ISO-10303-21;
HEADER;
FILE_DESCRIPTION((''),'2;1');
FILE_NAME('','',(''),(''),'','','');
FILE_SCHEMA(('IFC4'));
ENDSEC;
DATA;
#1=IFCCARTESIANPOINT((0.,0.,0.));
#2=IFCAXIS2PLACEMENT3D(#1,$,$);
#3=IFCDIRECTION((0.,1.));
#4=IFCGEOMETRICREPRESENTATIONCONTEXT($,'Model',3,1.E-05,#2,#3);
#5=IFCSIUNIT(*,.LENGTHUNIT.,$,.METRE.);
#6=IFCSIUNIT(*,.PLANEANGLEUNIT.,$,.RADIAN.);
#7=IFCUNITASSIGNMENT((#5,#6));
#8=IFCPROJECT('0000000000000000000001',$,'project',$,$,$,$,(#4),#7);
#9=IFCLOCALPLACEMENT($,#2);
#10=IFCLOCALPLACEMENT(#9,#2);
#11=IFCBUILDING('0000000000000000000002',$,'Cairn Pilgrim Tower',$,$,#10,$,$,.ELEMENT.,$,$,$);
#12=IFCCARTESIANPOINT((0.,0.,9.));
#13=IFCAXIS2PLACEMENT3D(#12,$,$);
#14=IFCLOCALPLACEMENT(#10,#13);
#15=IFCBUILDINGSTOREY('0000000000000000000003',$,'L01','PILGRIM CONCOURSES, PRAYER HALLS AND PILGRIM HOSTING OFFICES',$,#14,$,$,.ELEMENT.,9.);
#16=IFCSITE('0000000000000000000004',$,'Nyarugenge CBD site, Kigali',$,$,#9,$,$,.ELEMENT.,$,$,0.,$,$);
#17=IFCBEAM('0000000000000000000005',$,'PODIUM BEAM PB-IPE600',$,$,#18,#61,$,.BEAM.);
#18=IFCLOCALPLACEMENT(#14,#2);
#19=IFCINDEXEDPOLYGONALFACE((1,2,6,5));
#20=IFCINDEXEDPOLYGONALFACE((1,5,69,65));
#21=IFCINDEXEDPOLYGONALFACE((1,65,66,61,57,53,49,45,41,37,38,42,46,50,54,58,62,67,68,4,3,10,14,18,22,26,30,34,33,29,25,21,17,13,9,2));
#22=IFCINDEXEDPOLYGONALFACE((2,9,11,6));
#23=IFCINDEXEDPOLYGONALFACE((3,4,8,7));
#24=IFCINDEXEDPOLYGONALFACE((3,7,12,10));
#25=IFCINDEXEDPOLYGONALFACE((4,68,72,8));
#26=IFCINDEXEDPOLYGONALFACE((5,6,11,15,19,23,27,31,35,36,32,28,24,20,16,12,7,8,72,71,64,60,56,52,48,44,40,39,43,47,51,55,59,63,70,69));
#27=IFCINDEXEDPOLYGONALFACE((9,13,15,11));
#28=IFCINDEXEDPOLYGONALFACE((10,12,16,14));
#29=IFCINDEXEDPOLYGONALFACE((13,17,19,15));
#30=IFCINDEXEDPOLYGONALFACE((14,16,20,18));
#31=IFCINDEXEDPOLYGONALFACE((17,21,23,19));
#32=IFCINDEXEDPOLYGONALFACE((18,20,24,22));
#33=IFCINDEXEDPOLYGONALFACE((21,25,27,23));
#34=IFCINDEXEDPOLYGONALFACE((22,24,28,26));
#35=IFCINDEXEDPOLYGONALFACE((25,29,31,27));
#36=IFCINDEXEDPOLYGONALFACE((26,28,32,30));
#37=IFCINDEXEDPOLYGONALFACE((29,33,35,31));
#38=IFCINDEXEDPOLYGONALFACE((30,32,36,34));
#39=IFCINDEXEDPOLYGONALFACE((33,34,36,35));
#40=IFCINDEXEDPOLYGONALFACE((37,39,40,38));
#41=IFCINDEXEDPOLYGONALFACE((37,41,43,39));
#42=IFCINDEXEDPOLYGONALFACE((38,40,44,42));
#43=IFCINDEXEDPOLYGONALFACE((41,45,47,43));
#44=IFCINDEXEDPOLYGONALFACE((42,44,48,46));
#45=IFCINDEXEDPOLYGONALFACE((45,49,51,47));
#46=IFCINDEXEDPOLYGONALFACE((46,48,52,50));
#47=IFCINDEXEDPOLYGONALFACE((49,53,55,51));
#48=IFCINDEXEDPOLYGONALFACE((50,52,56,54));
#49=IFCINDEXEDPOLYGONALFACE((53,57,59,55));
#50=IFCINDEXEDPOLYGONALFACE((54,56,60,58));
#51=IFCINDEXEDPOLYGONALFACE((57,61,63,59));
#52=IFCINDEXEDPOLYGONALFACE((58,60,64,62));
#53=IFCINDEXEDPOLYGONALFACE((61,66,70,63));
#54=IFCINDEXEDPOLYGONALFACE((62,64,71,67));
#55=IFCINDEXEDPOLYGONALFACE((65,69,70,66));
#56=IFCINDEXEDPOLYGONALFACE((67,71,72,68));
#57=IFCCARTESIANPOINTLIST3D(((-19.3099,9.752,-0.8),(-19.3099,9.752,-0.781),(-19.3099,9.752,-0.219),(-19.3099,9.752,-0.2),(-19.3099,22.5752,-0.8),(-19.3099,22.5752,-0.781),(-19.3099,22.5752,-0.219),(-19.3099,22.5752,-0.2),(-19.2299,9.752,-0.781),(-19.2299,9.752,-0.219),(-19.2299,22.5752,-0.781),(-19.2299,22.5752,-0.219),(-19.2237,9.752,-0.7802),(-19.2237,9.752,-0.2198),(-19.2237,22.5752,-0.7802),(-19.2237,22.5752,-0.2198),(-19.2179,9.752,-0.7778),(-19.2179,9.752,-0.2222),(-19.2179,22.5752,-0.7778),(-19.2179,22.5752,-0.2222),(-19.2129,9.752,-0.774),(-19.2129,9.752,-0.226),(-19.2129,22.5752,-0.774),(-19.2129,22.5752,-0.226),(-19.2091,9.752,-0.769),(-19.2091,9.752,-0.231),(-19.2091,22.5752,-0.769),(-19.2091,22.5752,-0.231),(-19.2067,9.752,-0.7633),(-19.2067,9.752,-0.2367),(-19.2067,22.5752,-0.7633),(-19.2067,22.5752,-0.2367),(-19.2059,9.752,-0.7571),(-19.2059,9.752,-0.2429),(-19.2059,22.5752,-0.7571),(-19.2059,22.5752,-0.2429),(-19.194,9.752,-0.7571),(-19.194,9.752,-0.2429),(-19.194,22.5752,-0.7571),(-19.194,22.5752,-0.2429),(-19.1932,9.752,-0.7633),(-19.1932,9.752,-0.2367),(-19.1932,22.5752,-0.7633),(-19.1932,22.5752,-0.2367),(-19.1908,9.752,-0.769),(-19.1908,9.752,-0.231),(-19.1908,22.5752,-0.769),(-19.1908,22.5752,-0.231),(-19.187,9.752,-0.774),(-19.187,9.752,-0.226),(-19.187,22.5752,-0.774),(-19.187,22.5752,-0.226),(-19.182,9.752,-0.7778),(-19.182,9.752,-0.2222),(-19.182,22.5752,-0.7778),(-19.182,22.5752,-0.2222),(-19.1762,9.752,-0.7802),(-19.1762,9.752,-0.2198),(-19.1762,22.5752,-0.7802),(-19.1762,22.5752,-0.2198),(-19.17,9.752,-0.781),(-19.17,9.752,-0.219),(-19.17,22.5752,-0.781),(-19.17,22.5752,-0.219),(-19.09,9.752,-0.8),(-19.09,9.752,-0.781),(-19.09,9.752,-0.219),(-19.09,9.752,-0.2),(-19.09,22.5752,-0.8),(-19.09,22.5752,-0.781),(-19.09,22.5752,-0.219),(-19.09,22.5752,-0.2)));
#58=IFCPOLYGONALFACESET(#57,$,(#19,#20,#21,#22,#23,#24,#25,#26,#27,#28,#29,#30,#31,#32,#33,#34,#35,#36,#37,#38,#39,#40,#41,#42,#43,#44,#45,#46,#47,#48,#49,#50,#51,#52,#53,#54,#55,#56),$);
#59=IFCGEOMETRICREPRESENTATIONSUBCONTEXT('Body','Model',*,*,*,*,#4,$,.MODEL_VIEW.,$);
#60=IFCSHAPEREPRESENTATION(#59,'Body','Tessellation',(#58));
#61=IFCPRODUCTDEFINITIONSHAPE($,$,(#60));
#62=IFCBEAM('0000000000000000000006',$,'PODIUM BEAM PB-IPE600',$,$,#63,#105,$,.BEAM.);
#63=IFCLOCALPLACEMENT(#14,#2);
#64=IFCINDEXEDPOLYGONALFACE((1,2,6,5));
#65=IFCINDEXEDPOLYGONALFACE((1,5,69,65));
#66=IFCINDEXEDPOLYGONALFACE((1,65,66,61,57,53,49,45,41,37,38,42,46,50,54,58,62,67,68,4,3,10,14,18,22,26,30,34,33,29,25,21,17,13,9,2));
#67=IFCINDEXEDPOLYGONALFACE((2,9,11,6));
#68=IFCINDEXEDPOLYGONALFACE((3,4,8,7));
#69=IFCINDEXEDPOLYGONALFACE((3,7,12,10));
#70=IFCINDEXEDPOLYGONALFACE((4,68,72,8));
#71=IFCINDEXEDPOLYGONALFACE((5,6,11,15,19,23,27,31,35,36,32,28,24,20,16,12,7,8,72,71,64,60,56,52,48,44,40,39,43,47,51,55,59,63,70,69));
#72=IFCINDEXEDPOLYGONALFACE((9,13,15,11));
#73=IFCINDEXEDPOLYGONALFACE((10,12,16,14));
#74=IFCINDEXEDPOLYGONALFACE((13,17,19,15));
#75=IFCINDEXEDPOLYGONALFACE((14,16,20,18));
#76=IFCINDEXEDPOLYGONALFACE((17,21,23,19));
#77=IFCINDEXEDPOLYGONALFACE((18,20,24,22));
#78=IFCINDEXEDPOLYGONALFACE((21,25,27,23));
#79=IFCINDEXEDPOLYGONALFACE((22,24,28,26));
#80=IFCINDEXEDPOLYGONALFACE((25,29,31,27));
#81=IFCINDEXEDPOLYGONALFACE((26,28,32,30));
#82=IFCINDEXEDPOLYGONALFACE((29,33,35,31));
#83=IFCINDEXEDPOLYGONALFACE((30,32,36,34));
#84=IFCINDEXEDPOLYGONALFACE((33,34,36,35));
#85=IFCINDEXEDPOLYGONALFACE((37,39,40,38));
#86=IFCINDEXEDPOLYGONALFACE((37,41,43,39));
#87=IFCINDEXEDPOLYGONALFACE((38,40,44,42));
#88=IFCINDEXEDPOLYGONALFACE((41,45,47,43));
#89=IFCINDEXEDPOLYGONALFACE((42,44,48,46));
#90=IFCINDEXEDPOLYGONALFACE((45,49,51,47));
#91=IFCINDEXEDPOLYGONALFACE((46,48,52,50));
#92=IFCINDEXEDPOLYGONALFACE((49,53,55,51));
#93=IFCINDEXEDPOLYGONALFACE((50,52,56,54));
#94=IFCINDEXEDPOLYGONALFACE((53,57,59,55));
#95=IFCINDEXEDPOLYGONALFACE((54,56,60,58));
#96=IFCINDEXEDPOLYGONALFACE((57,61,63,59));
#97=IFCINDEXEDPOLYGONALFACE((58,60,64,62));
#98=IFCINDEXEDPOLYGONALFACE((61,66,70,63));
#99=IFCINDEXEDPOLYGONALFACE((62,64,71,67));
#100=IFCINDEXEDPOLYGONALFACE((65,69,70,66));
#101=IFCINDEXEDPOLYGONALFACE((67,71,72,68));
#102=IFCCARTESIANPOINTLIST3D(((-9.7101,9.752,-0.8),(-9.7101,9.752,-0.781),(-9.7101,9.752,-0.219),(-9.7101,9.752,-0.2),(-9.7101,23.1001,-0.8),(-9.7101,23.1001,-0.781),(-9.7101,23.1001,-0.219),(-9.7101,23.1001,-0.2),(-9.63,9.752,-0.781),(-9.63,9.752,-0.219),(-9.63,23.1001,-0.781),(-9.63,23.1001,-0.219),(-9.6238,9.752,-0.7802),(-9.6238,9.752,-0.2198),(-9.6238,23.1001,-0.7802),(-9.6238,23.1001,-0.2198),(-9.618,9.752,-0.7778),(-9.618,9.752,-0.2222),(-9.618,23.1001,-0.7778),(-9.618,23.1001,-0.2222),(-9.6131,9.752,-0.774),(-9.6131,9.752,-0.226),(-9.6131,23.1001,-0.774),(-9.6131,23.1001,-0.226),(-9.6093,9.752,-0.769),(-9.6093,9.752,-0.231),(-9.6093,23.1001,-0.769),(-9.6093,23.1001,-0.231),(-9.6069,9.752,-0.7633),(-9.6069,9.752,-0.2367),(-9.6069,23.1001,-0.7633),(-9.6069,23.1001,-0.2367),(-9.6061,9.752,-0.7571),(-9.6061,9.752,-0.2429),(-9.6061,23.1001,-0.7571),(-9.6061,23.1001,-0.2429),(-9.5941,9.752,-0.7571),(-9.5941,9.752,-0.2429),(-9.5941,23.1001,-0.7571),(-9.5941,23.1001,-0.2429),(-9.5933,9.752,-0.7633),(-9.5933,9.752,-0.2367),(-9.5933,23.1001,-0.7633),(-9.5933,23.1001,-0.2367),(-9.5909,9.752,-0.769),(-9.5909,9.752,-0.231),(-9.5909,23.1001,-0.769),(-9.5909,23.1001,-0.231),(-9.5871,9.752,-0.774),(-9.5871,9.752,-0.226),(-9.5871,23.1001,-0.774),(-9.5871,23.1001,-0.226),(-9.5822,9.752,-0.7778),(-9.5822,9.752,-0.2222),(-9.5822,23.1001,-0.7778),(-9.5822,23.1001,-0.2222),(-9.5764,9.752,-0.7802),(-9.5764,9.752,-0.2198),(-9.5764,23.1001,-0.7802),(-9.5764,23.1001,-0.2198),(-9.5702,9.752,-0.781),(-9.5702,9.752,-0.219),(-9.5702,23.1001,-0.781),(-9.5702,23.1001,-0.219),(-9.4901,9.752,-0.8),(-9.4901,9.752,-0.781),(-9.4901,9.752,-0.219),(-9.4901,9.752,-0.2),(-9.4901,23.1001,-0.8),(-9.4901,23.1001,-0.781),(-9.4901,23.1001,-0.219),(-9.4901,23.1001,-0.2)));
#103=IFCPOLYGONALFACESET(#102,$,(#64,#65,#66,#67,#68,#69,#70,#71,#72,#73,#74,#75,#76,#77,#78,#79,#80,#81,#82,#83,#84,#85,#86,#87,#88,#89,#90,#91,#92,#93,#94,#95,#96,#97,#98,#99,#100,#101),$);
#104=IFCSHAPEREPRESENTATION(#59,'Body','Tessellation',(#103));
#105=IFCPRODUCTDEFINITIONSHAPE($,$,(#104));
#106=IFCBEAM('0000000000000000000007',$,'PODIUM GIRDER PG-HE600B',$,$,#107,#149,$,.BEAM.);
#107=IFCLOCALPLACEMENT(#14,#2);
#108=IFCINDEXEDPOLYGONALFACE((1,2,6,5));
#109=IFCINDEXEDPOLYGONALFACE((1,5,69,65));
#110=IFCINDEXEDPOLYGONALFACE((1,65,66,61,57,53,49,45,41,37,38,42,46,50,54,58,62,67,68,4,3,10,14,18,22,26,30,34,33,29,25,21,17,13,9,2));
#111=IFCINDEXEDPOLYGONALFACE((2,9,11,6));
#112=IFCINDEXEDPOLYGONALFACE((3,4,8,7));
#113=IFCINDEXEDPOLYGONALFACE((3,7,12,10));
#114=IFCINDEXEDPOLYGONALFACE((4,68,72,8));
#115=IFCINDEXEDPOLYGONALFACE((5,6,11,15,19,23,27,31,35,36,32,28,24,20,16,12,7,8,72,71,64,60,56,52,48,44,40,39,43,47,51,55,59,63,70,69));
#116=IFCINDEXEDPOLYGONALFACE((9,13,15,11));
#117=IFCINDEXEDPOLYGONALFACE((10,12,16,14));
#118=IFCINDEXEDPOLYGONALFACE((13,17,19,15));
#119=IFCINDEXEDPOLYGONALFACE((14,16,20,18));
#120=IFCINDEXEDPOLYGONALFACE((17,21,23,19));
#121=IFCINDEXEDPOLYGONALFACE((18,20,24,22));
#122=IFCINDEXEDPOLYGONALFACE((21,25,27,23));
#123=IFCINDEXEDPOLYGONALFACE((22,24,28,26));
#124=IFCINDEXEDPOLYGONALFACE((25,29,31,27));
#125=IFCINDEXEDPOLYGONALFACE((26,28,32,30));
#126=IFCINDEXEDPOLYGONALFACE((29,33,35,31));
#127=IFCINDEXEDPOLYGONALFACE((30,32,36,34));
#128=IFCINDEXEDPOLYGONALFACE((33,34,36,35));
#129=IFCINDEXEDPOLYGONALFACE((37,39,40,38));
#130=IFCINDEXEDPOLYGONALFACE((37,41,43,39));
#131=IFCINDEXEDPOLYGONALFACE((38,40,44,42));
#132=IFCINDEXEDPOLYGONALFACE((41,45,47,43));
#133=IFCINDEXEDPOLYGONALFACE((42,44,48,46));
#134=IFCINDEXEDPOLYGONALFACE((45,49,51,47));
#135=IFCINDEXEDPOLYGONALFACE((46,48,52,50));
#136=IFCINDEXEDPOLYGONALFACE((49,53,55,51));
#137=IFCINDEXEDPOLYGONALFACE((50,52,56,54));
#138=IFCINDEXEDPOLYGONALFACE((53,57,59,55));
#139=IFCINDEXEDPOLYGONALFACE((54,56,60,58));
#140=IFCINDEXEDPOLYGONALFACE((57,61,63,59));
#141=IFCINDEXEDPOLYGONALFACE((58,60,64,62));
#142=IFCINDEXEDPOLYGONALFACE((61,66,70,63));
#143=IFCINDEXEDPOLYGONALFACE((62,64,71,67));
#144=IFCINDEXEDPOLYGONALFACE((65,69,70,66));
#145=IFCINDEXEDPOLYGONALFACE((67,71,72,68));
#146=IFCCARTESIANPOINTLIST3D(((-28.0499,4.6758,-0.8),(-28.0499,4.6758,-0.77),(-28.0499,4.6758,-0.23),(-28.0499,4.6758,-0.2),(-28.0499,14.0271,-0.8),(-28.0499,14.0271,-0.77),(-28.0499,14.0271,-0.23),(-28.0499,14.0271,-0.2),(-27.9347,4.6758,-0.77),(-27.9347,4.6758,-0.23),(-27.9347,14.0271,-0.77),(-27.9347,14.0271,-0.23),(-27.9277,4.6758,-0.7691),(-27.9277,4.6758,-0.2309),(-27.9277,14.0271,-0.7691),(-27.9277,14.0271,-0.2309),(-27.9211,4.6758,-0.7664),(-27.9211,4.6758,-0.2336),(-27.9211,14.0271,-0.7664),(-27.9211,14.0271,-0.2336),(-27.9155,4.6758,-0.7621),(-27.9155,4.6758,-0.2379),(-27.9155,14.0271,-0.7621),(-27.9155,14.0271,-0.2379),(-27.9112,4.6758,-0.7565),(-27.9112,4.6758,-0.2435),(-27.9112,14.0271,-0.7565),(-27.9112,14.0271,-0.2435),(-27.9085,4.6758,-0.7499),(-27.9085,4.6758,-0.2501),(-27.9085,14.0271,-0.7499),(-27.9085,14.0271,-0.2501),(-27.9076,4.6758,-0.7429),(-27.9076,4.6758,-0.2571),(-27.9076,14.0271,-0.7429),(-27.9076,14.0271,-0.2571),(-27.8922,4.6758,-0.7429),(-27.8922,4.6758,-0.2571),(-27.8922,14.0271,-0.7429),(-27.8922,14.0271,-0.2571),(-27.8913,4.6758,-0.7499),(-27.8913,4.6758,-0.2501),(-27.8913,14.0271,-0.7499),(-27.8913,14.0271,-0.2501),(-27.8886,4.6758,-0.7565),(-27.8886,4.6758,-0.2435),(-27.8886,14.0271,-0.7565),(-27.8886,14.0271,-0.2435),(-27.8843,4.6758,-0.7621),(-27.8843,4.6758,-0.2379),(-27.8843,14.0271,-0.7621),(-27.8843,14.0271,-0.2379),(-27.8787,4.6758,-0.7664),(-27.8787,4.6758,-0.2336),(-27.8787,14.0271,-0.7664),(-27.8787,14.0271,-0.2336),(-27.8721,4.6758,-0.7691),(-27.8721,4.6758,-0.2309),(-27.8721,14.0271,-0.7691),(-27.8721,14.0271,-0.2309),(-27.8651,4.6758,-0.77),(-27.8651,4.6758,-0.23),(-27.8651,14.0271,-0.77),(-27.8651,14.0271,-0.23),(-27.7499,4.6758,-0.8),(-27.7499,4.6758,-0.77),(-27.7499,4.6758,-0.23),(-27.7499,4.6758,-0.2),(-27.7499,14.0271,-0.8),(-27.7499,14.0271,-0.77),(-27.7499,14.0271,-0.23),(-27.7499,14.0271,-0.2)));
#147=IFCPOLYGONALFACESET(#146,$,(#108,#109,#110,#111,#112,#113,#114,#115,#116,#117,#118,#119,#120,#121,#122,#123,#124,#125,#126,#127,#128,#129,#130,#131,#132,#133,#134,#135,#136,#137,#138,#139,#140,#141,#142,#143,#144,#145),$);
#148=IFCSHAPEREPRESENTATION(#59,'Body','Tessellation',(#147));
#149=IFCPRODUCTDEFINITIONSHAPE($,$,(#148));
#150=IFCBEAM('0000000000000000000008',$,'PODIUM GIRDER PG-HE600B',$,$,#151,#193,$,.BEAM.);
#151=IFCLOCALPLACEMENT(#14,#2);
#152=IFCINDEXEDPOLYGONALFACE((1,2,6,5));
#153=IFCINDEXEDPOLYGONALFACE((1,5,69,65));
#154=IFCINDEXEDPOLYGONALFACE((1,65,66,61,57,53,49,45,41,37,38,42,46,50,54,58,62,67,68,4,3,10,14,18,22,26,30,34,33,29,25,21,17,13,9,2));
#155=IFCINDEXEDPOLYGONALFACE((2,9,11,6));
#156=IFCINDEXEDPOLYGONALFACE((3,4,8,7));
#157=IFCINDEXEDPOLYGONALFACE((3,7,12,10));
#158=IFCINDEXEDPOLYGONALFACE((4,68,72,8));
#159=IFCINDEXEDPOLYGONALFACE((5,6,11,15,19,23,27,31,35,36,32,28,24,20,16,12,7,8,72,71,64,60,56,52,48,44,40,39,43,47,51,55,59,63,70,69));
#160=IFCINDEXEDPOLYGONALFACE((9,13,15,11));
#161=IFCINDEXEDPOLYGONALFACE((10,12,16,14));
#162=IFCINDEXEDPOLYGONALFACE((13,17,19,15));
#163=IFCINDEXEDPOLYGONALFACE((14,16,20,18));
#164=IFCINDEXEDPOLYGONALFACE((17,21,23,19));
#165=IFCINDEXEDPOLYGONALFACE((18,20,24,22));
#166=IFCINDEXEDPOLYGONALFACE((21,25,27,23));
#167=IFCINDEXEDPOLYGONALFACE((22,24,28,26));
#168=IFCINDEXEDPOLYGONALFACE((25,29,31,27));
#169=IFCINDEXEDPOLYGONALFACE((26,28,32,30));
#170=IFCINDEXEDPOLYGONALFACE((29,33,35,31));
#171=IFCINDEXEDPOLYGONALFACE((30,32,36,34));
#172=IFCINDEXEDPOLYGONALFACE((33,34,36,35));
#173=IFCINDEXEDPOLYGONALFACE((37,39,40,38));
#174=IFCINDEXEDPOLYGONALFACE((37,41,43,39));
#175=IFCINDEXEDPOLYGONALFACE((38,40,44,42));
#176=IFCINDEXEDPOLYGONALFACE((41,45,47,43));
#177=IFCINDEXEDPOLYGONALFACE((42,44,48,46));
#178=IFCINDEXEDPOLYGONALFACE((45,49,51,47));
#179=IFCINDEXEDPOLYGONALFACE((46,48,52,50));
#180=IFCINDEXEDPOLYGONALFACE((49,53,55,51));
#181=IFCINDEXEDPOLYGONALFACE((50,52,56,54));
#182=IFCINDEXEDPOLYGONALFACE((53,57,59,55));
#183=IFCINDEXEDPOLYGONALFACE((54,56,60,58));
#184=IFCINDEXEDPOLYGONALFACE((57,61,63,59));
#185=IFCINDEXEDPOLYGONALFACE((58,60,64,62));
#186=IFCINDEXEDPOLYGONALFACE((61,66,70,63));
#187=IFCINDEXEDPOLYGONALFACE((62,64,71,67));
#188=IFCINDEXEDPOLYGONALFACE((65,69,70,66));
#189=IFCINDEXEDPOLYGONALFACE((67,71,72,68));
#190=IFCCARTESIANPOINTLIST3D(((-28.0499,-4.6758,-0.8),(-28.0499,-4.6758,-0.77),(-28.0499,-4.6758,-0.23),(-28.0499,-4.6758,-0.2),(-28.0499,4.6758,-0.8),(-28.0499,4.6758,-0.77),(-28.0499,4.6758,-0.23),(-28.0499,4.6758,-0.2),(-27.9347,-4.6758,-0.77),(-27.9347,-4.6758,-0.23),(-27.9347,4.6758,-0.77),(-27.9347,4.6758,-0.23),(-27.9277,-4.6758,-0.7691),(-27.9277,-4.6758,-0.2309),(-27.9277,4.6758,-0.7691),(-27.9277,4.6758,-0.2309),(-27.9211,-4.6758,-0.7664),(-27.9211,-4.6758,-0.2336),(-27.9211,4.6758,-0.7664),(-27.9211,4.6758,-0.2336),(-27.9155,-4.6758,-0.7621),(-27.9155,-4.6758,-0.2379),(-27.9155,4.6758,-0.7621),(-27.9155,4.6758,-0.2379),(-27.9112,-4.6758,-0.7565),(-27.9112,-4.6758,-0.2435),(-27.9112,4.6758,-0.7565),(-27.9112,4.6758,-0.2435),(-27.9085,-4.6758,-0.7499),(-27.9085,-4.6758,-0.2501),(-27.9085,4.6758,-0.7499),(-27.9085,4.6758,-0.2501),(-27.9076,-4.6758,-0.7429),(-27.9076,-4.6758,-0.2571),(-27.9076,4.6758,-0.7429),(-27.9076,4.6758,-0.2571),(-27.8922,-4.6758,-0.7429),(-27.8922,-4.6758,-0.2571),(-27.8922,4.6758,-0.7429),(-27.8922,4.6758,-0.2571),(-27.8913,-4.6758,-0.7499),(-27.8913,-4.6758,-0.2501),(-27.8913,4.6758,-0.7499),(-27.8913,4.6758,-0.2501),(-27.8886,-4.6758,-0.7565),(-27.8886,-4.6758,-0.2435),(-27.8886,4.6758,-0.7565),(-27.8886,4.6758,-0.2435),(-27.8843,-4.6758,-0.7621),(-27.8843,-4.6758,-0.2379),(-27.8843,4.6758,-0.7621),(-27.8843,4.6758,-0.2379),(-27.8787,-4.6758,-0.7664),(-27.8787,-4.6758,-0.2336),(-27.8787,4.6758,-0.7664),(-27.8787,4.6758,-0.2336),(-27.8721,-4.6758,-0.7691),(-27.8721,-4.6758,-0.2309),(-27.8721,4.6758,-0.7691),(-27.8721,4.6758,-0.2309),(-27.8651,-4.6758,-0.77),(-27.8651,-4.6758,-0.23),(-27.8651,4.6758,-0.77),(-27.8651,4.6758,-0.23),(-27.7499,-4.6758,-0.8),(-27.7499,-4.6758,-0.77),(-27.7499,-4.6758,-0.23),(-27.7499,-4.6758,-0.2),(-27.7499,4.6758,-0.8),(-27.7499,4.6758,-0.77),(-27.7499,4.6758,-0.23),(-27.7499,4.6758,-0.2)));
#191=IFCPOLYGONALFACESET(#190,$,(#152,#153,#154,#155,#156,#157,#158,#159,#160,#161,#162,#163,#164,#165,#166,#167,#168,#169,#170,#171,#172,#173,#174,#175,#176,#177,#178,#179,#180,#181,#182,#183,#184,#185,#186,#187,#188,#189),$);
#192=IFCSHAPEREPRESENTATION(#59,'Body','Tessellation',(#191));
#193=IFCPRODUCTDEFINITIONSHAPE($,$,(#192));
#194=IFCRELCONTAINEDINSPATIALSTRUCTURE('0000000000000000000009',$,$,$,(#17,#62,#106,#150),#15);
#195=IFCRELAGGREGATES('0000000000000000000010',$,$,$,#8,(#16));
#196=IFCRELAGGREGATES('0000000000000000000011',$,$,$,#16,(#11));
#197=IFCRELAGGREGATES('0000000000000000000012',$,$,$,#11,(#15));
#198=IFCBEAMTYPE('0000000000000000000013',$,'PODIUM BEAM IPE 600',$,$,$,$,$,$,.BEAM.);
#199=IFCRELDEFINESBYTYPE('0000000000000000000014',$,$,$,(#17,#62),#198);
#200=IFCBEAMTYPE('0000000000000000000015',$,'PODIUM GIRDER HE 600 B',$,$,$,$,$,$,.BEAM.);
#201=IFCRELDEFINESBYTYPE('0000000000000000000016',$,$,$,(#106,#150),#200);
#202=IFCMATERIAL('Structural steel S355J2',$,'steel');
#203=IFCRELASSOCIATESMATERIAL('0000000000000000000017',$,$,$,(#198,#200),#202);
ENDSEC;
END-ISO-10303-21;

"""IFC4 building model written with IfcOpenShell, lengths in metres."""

from ifc_helpers import new_model, si_unit, direction, frame, origin, origin_2d, place, context, subcontext, project, spatial, i_section, extrude, material, material_profile, profile_set, type_object, element, save


model = new_model("IFC4")

# Units and contexts
model_context = context("Model", 3, precision=1e-05, world=origin(), true_north=direction((0.0, 1.0)))
body_context = subcontext(model_context, "Body", "Model", "MODEL_VIEW")
ifc_project = project(units=[si_unit("LENGTHUNIT", "METRE"), si_unit("PLANEANGLEUNIT", "RADIAN")], contexts=[model_context])

# Site, building, storey
site_placement = place(None, origin())
site = spatial("IfcSite", under=ifc_project, at=site_placement, Name="Nyarugenge CBD site, Kigali", CompositionType="ELEMENT", RefElevation=0.0)
building_placement = place(site_placement, origin())
building = spatial("IfcBuilding", under=site, at=building_placement, Name="Cairn Pilgrim Tower", CompositionType="ELEMENT")
storey_placement = place(building_placement, frame((0.0, 0.0, 9.0)))
storey = spatial("IfcBuildingStorey", under=building, at=storey_placement, Name="L01", Description="PILGRIM CONCOURSES, PRAYER HALLS AND PILGRIM HOSTING OFFICES", CompositionType="ELEMENT", Elevation=9.0)

# Beams
ifc_material_1 = material(Name="Structural steel S355J2", Category="steel")
ifc_material_profile_1 = material_profile(ifc_material_1, i_section(OverallWidth=0.22, OverallDepth=0.6001, WebThickness=0.012, FlangeThickness=0.019, FilletRadius=0.0239, at=origin_2d()), Name="IPE 600")
ifc_profile_set_1 = profile_set([ifc_material_profile_1], Name="Structural steel S355J2")
beam_type_1 = type_object("IfcBeamType", Name="PODIUM BEAM IPE 600", PredefinedType="BEAM", material=ifc_profile_set_1)
beam_1_placement = place(storey_placement, frame((-19.2, 9.752, -0.5), z_axis=(0.0, 1.0, 0.0), x_axis=(-1.0, 0.0, 0.0)))
element("IfcBeam", 1, at=beam_1_placement, inside=storey, type_object=beam_type_1, Name="PODIUM BEAM PB-IPE600", PredefinedType="BEAM", context=body_context, shape_type="SweptSolid", body=[
    extrude(i_section(OverallWidth=0.22, OverallDepth=0.6001, WebThickness=0.012, FlangeThickness=0.019, FilletRadius=0.0239, at=origin_2d()), origin(), (0.0, 0.0, 1.0), 12.8232),
])
beam_2_placement = place(storey_placement, frame((-9.6001, 9.752, -0.5), z_axis=(0.0, 1.0, 0.0), x_axis=(-1.0, 0.0, 0.0)))
element("IfcBeam", 2, at=beam_2_placement, inside=storey, type_object=beam_type_1, Name="PODIUM BEAM PB-IPE600", PredefinedType="BEAM", context=body_context, shape_type="SweptSolid", body=[
    extrude(i_section(OverallWidth=0.22, OverallDepth=0.6001, WebThickness=0.012, FlangeThickness=0.019, FilletRadius=0.0239, at=origin_2d()), origin(), (0.0, 0.0, 1.0), 13.3481),
])
ifc_material_profile_2 = material_profile(ifc_material_1, i_section(OverallWidth=0.3, OverallDepth=0.6001, WebThickness=0.0154, FlangeThickness=0.03, FilletRadius=0.0271, at=origin_2d()), Name="HEB 600")
ifc_profile_set_2 = profile_set([ifc_material_profile_2], Name="Structural steel S355J2")
beam_type_2 = type_object("IfcBeamType", Name="PODIUM GIRDER HE 600 B", PredefinedType="BEAM", material=ifc_profile_set_2)
beam_3_placement = place(storey_placement, frame((-27.8999, 14.0271, -0.5), z_axis=(0.0, -1.0, 0.0), x_axis=(1.0, 0.0, 0.0)))
element("IfcBeam", 3, at=beam_3_placement, inside=storey, type_object=beam_type_2, Name="PODIUM GIRDER PG-HE600B", PredefinedType="BEAM", context=body_context, shape_type="SweptSolid", body=[
    extrude(i_section(OverallWidth=0.3, OverallDepth=0.6001, WebThickness=0.0154, FlangeThickness=0.03, FilletRadius=0.0271, at=origin_2d()), origin(), (0.0, 0.0, 1.0), 9.3513),
])
beam_4_placement = place(storey_placement, frame((-27.8999, 4.6758, -0.5), z_axis=(0.0, -1.0, 0.0), x_axis=(1.0, 0.0, 0.0)))
element("IfcBeam", 4, at=beam_4_placement, inside=storey, type_object=beam_type_2, Name="PODIUM GIRDER PG-HE600B", PredefinedType="BEAM", context=body_context, shape_type="SweptSolid", body=[
    extrude(i_section(OverallWidth=0.3, OverallDepth=0.6001, WebThickness=0.0154, FlangeThickness=0.03, FilletRadius=0.0271, at=origin_2d()), origin(), (0.0, 0.0, 1.0), 9.3516),
])

save(model, "model.ifc")
